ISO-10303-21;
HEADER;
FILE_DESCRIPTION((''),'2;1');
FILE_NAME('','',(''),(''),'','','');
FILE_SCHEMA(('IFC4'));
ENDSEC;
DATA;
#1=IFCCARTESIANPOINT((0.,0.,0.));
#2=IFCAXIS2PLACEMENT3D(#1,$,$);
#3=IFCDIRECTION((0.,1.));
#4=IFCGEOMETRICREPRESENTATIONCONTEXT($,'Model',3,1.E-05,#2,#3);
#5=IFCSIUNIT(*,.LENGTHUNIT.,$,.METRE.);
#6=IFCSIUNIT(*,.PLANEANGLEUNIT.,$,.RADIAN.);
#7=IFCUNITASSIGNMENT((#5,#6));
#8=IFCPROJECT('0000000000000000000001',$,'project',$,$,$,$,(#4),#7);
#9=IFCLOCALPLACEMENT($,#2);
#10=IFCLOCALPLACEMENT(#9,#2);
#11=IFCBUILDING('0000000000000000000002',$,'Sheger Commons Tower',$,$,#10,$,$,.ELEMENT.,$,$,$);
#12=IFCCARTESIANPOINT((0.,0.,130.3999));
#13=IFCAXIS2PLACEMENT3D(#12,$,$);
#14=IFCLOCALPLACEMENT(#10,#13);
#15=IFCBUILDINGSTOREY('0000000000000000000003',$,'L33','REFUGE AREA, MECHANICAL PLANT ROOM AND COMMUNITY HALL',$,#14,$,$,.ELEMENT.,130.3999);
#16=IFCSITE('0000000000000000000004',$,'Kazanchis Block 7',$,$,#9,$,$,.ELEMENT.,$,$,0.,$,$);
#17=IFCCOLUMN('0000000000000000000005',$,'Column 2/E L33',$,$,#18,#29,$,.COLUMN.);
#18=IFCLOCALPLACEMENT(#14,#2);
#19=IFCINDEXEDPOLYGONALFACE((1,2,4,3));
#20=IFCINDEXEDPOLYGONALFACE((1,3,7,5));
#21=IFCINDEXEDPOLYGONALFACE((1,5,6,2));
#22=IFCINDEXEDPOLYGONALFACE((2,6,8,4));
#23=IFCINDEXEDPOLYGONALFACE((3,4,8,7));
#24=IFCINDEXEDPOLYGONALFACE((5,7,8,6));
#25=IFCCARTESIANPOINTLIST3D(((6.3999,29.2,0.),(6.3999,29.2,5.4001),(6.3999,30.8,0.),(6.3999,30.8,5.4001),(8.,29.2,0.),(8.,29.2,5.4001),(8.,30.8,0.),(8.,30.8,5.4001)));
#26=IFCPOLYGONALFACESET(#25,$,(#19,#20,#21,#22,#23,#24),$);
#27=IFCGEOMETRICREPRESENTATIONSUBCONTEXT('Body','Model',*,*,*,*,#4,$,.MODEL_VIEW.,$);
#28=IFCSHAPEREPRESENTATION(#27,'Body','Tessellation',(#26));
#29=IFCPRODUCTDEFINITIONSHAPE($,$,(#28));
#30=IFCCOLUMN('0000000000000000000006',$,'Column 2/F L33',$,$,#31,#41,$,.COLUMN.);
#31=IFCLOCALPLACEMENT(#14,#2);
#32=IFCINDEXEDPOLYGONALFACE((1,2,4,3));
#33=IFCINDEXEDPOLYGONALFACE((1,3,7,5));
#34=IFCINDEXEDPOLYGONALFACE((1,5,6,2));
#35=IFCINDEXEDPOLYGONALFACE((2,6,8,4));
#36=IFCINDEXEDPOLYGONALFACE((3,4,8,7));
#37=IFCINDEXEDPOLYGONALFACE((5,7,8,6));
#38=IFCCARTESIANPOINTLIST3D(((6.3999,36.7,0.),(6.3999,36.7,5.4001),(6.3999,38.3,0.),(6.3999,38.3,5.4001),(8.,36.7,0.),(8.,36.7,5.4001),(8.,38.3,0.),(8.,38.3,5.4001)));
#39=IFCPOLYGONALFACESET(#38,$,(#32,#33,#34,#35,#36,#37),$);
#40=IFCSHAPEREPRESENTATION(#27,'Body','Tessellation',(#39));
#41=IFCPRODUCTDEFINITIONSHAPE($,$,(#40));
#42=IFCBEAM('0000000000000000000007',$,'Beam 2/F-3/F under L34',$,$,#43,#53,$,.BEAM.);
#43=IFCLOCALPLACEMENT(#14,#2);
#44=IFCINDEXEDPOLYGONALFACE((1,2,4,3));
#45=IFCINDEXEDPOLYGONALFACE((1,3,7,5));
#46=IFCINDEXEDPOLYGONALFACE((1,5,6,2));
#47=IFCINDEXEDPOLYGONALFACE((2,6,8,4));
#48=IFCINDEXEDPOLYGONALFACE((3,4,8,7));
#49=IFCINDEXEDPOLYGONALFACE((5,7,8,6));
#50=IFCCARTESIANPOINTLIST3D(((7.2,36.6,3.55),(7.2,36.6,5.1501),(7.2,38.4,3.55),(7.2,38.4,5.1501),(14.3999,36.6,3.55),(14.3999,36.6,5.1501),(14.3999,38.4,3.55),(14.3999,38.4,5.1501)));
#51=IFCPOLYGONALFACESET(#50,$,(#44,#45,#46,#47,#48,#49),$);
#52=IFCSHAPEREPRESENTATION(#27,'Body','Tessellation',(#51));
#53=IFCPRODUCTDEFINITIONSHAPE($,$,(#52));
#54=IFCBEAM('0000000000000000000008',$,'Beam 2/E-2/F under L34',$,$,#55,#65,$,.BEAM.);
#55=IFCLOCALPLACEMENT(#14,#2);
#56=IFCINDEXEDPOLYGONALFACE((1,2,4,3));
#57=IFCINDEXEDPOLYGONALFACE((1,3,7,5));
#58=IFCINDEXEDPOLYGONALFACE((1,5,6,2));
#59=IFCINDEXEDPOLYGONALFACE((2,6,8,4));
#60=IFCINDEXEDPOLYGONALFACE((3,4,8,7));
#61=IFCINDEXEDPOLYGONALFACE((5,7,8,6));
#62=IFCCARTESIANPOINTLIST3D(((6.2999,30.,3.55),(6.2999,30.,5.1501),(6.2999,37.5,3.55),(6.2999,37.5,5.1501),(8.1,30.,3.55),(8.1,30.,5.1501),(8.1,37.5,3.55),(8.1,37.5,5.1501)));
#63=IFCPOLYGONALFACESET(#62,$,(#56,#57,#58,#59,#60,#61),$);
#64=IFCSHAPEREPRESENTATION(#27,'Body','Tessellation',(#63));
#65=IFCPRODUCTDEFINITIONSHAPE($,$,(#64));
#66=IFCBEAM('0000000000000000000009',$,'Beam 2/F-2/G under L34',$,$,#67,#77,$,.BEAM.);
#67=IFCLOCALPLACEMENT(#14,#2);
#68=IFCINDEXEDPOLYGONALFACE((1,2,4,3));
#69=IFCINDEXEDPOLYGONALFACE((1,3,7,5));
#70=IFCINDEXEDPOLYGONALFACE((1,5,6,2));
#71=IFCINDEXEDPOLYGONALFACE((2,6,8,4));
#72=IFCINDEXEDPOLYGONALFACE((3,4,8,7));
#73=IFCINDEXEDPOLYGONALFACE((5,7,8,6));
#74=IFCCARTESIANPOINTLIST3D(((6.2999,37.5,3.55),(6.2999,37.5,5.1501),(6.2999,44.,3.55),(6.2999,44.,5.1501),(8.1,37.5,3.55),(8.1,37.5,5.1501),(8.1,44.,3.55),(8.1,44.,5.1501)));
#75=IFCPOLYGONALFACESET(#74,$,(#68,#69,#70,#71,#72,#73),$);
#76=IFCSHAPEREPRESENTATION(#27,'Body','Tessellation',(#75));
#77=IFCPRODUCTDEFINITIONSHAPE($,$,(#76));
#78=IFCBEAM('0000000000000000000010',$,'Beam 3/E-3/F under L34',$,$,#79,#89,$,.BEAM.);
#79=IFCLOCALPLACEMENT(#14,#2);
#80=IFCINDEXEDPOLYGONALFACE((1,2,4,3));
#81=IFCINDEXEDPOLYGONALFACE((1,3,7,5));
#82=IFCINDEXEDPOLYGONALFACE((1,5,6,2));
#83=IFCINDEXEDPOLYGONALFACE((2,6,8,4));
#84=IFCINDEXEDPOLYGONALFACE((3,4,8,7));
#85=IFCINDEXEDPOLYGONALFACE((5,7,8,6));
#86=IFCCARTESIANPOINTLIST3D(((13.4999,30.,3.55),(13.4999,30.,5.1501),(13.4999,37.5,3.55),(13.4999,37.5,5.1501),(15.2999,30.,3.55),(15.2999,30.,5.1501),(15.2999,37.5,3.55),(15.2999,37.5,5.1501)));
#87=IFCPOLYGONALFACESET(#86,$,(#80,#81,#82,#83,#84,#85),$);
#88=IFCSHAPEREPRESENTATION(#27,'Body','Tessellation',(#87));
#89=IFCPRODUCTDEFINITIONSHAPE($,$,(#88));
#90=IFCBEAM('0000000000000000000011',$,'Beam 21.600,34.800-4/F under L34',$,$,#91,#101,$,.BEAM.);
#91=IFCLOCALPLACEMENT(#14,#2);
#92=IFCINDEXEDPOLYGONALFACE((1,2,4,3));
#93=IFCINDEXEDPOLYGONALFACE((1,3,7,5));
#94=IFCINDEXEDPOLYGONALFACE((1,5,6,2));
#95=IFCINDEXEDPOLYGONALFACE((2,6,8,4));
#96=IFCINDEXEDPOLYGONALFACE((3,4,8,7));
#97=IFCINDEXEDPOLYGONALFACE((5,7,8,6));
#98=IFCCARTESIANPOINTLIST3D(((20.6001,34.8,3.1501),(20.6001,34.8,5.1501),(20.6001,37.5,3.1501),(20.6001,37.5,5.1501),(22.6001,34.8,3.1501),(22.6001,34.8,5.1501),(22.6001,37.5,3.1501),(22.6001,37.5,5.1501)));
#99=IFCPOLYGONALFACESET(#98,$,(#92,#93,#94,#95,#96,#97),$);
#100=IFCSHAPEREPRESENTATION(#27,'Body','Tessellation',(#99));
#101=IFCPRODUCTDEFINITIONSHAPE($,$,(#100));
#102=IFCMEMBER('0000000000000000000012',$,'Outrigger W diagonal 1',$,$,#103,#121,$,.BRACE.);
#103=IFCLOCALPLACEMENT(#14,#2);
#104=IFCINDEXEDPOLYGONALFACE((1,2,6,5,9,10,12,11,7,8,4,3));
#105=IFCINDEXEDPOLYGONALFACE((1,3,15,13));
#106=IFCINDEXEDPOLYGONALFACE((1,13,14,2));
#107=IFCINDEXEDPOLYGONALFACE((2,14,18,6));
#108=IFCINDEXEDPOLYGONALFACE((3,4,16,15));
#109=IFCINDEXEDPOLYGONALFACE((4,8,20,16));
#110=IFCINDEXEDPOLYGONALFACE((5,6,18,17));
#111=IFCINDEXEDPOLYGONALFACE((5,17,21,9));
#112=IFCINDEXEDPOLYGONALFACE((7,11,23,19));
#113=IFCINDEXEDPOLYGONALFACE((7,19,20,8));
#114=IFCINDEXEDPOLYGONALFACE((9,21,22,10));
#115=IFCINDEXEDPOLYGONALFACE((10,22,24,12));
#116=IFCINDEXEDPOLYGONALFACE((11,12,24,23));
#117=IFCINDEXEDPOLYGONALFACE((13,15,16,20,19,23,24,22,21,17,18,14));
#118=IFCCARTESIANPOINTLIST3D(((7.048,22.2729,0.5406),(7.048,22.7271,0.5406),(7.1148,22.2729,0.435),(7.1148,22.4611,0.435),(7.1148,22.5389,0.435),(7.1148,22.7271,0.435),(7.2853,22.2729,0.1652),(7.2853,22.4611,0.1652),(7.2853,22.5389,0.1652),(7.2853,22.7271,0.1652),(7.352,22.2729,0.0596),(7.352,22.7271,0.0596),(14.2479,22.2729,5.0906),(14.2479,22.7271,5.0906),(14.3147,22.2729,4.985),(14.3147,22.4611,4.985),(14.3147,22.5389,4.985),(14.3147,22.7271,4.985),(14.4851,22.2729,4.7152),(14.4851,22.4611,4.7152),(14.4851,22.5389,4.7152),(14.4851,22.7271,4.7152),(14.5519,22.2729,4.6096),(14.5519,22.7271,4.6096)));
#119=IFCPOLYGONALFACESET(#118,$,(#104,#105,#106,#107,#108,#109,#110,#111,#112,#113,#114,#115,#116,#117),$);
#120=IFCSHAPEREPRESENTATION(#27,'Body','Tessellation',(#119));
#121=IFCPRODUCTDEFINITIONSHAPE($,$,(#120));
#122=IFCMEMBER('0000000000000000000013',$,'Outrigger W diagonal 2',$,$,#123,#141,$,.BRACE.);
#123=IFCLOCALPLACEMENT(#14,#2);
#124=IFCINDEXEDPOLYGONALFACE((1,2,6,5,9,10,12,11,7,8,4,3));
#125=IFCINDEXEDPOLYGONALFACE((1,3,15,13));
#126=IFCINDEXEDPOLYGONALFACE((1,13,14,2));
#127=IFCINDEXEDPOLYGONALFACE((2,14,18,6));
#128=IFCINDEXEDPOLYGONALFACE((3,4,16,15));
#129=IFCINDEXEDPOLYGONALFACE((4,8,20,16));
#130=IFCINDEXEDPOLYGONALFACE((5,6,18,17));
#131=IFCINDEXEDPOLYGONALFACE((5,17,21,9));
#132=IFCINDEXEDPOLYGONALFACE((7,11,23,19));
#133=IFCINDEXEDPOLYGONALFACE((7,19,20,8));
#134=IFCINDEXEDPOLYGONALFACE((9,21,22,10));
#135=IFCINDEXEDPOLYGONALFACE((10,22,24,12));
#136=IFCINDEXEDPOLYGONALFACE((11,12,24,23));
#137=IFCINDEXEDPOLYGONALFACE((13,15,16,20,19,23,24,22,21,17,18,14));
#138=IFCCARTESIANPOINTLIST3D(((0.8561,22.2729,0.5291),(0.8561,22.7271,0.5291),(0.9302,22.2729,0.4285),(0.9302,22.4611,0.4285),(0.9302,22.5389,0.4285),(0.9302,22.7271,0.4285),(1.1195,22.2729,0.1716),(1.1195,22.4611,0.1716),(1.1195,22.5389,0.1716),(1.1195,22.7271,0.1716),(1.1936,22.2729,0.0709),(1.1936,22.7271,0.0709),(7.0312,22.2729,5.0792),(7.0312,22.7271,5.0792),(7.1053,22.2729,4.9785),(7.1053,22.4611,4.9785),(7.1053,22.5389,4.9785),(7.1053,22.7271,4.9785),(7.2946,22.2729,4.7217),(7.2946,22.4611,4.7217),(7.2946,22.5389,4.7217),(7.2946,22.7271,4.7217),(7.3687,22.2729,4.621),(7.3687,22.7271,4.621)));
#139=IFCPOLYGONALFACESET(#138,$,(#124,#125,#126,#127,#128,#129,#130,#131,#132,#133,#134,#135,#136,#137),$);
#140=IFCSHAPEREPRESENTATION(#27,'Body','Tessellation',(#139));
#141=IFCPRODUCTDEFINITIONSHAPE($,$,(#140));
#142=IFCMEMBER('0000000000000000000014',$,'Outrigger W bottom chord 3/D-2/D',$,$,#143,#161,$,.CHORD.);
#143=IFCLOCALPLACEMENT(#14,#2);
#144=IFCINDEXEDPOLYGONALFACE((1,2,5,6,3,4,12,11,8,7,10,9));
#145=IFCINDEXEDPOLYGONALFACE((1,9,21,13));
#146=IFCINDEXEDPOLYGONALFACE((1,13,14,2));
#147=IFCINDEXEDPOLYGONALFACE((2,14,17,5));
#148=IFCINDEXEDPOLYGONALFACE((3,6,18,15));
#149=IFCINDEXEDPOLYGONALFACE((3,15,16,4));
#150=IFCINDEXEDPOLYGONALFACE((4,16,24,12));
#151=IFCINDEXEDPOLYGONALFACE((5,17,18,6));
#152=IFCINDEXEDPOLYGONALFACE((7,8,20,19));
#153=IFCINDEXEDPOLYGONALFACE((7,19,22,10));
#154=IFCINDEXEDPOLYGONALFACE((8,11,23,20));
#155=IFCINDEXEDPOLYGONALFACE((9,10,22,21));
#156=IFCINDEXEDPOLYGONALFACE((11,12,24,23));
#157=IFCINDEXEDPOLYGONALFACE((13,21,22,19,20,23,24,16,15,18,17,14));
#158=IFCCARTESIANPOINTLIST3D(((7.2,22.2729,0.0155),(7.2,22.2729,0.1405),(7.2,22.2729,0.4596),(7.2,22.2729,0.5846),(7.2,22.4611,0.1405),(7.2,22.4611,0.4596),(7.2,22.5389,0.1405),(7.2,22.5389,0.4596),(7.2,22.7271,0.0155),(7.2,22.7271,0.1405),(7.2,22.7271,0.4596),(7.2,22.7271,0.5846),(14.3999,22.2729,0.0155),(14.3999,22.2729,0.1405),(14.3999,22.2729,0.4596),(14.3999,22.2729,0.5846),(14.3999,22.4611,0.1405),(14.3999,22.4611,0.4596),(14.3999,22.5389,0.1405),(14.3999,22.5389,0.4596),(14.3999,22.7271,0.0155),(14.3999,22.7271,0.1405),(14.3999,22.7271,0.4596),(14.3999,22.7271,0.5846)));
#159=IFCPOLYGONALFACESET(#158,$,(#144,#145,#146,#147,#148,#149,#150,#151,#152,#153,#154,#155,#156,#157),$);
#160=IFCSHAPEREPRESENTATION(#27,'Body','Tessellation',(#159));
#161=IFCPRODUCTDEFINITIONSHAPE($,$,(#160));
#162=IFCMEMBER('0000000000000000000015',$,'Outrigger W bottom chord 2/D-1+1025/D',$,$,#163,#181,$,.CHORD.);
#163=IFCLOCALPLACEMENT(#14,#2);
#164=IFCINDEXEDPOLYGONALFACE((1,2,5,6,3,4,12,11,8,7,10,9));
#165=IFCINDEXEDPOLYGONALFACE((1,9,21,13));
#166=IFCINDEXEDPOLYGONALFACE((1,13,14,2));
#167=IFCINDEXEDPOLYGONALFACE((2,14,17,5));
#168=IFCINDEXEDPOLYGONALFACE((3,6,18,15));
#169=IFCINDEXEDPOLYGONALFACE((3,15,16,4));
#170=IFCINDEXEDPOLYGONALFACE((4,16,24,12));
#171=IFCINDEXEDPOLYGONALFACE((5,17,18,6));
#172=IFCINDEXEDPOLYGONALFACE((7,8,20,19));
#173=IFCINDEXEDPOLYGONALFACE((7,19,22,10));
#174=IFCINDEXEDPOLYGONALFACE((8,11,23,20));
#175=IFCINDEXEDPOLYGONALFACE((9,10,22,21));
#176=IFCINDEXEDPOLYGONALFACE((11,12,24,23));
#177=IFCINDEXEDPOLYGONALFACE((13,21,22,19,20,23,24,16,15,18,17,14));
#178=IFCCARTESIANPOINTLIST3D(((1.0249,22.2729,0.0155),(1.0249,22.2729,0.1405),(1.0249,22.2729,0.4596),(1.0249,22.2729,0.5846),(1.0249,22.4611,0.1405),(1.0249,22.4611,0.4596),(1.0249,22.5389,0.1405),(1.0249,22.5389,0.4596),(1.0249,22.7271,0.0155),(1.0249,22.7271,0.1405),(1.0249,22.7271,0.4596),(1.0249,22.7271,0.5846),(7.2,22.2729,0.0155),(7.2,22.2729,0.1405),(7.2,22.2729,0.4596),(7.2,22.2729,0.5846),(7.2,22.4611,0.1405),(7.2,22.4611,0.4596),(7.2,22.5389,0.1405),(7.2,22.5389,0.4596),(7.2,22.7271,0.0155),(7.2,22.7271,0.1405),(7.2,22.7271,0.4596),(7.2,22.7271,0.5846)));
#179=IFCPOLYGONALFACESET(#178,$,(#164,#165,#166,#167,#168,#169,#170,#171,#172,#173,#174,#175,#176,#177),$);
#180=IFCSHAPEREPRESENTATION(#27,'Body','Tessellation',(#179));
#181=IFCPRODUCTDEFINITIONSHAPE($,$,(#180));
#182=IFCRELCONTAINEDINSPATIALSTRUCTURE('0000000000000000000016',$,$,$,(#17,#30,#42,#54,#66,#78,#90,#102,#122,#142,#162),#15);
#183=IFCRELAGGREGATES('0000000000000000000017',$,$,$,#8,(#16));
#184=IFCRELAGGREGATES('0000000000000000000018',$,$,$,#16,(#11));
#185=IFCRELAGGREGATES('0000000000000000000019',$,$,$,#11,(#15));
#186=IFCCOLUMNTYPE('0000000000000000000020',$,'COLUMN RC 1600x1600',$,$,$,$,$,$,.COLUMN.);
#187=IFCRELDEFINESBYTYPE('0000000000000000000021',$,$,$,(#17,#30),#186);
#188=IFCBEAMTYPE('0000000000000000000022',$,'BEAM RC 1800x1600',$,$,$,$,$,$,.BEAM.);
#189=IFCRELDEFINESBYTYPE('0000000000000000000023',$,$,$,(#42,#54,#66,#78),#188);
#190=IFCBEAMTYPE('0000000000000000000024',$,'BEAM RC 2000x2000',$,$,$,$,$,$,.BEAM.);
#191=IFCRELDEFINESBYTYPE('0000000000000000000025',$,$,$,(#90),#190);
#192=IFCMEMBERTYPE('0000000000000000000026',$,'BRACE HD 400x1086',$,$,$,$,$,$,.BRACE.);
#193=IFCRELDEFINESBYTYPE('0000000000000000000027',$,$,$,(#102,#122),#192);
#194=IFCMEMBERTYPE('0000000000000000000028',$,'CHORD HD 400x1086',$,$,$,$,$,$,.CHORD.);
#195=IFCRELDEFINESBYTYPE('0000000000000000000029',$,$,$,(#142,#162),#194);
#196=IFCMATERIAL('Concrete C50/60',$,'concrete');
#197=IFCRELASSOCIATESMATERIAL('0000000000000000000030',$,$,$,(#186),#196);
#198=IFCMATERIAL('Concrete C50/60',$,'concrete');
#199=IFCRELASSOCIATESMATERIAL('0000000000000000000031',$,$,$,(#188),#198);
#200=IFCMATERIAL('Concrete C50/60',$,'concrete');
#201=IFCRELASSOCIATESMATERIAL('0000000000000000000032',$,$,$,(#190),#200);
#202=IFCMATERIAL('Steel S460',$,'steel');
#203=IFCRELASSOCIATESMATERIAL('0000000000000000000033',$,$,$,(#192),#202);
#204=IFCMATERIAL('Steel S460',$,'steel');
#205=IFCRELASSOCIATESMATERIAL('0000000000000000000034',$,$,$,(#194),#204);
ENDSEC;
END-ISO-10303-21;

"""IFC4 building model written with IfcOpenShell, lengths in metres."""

from ifc_helpers import new_model, si_unit, direction, frame, origin, origin_2d, place, context, subcontext, project, spatial, rectangle, i_section, extrude, material, material_profile, profile_set, type_object, element, save


model = new_model("IFC4")

# Units and contexts
model_context = context("Model", 3, precision=1e-05, world=origin(), true_north=direction((0.0, 1.0)))
body_context = subcontext(model_context, "Body", "Model", "MODEL_VIEW")
ifc_project = project(units=[si_unit("LENGTHUNIT", "METRE"), si_unit("PLANEANGLEUNIT", "RADIAN")], contexts=[model_context])

# Site, building, storey
site_placement = place(None, origin())
site = spatial("IfcSite", under=ifc_project, at=site_placement, Name="Kazanchis Block 7", CompositionType="ELEMENT", RefElevation=0.0)
building_placement = place(site_placement, origin())
building = spatial("IfcBuilding", under=site, at=building_placement, Name="Sheger Commons Tower", CompositionType="ELEMENT")
storey_placement = place(building_placement, frame((0.0, 0.0, 130.3999)))
storey = spatial("IfcBuildingStorey", under=building, at=storey_placement, Name="L33", Description="REFUGE AREA, MECHANICAL PLANT ROOM AND COMMUNITY HALL", CompositionType="ELEMENT", Elevation=130.3999)

# Columns
ifc_material_1 = material(Name="Concrete C50/60", Category="concrete")
ifc_material_profile_1 = material_profile(ifc_material_1, rectangle(XDim=1.6001, YDim=1.6001, at=origin_2d()), Name="RC 1600x1600")
ifc_profile_set_1 = profile_set([ifc_material_profile_1], Name="Concrete C50/60")
column_type = type_object("IfcColumnType", Name="COLUMN RC 1600x1600", PredefinedType="COLUMN", material=ifc_profile_set_1)
for number, where, z_axis, x_axis, name in (
    (1, (7.2, 30.0, 0.0), (0.0, 0.0, 1.0), (1.0, 0.0, 0.0), "Column 2/E L33"),
    (2, (7.2, 37.5, 0.0), (0.0, 0.0, 1.0), (1.0, 0.0, 0.0), "Column 2/F L33"),
):
    element("IfcColumn", number, at=place(storey_placement, frame(where, z_axis=z_axis, x_axis=x_axis)), inside=storey, type_object=column_type, Name=name, PredefinedType="COLUMN", context=body_context, shape_type="SweptSolid", body=[
        extrude(rectangle(XDim=1.6001, YDim=1.6001, at=origin_2d()), origin(), (0.0, 0.0, 1.0), 5.4001),
    ])

# Beams
ifc_material_2 = material(Name="Concrete C50/60", Category="concrete")
ifc_material_profile_2 = material_profile(ifc_material_2, rectangle(XDim=1.8, YDim=1.6001, at=origin_2d()), Name="RC 1800x1600")
ifc_profile_set_2 = profile_set([ifc_material_profile_2], Name="Concrete C50/60")
beam_type_1 = type_object("IfcBeamType", Name="BEAM RC 1800x1600", PredefinedType="BEAM", material=ifc_profile_set_2)
beam_1_placement = place(storey_placement, frame((7.2, 37.5, 4.3501), z_axis=(1.0, 0.0, 0.0), x_axis=(0.0, 1.0, 0.0)))
element("IfcBeam", 3, at=beam_1_placement, inside=storey, type_object=beam_type_1, Name="Beam 2/F-3/F under L34", PredefinedType="BEAM", context=body_context, shape_type="SweptSolid", body=[
    extrude(rectangle(XDim=1.8, YDim=1.6001, at=origin_2d()), origin(), (0.0, 0.0, 1.0), 7.2),
])
beam_2_placement = place(storey_placement, frame((7.2, 30.0, 4.3501), z_axis=(0.0, 1.0, 0.0), x_axis=(-1.0, 0.0, 0.0)))
element("IfcBeam", 4, at=beam_2_placement, inside=storey, type_object=beam_type_1, Name="Beam 2/E-2/F under L34", PredefinedType="BEAM", context=body_context, shape_type="SweptSolid", body=[
    extrude(rectangle(XDim=1.8, YDim=1.6001, at=origin_2d()), origin(), (0.0, 0.0, 1.0), 7.5),
])
beam_3_placement = place(storey_placement, frame((7.2, 37.5, 4.3501), z_axis=(0.0, 1.0, 0.0), x_axis=(-1.0, 0.0, 0.0)))
element("IfcBeam", 5, at=beam_3_placement, inside=storey, type_object=beam_type_1, Name="Beam 2/F-2/G under L34", PredefinedType="BEAM", context=body_context, shape_type="SweptSolid", body=[
    extrude(rectangle(XDim=1.8, YDim=1.6001, at=origin_2d()), origin(), (0.0, 0.0, 1.0), 6.5),
])
beam_4_placement = place(storey_placement, frame((14.3999, 30.0, 4.3501), z_axis=(0.0, 1.0, 0.0), x_axis=(-1.0, 0.0, 0.0)))
element("IfcBeam", 6, at=beam_4_placement, inside=storey, type_object=beam_type_1, Name="Beam 3/E-3/F under L34", PredefinedType="BEAM", context=body_context, shape_type="SweptSolid", body=[
    extrude(rectangle(XDim=1.8, YDim=1.6001, at=origin_2d()), origin(), (0.0, 0.0, 1.0), 7.5),
])
ifc_material_3 = material(Name="Concrete C50/60", Category="concrete")
ifc_material_profile_3 = material_profile(ifc_material_3, rectangle(XDim=2.0, YDim=2.0, at=origin_2d()), Name="RC 2000x2000")
ifc_profile_set_3 = profile_set([ifc_material_profile_3], Name="Concrete C50/60")
beam_type_2 = type_object("IfcBeamType", Name="BEAM RC 2000x2000", PredefinedType="BEAM", material=ifc_profile_set_3)
beam_5_placement = place(storey_placement, frame((21.6001, 34.8, 4.1501), z_axis=(0.0, 1.0, 0.0), x_axis=(-1.0, 0.0, 0.0)))
element("IfcBeam", 7, at=beam_5_placement, inside=storey, type_object=beam_type_2, Name="Beam 21.600,34.800-4/F under L34", PredefinedType="BEAM", context=body_context, shape_type="SweptSolid", body=[
    extrude(rectangle(XDim=2.0, YDim=2.0, at=origin_2d()), origin(), (0.0, 0.0, 1.0), 2.7),
])

# Members
ifc_material_4 = material(Name="Steel S460", Category="steel")
ifc_material_profile_4 = material_profile(ifc_material_4, i_section(OverallWidth=0.4541, OverallDepth=0.5691, WebThickness=0.0779, FlangeThickness=0.125, at=origin_2d()), Name="HD 400x1086")
ifc_profile_set_4 = profile_set([ifc_material_profile_4], Name="Steel S460")
member_type_1 = type_object("IfcMemberType", Name="BRACE HD 400x1086", PredefinedType="BRACE", material=ifc_profile_set_4)
member_1_placement = place(storey_placement, frame((14.3999, 22.5, 4.8501), z_axis=(-0.845345, 0.0, -0.534221), x_axis=(0.0, -1.0, 0.0)))
element("IfcMember", 8, at=member_1_placement, inside=storey, type_object=member_type_1, Name="Outrigger W diagonal 1", PredefinedType="BRACE", context=body_context, shape_type="SweptSolid", body=[
    extrude(i_section(OverallWidth=0.4541, OverallDepth=0.5691, WebThickness=0.0779, FlangeThickness=0.125, at=origin_2d()), origin(), (0.0, 0.0, 1.0), 8.5171),
])
member_2_placement = place(storey_placement, frame((7.2, 22.5, 4.8501), z_axis=(-0.805055, 0.0, -0.5932), x_axis=(0.0, -1.0, 0.0)))
element("IfcMember", 9, at=member_2_placement, inside=storey, type_object=member_type_1, Name="Outrigger W diagonal 2", PredefinedType="BRACE", context=body_context, shape_type="SweptSolid", body=[
    extrude(i_section(OverallWidth=0.4541, OverallDepth=0.5691, WebThickness=0.0779, FlangeThickness=0.125, at=origin_2d()), origin(), (0.0, 0.0, 1.0), 7.6704),
])
ifc_material_5 = material(Name="Steel S460", Category="steel")
ifc_material_profile_5 = material_profile(ifc_material_5, i_section(OverallWidth=0.4541, OverallDepth=0.5691, WebThickness=0.0779, FlangeThickness=0.125, at=origin_2d()), Name="HD 400x1086")
ifc_profile_set_5 = profile_set([ifc_material_profile_5], Name="Steel S460")
member_type_2 = type_object("IfcMemberType", Name="CHORD HD 400x1086", PredefinedType="CHORD", material=ifc_profile_set_5)
member_3_placement = place(storey_placement, frame((14.3999, 22.5, 0.3), z_axis=(-1.0, 0.0, 0.0), x_axis=(0.0, -1.0, 0.0)))
element("IfcMember", 10, at=member_3_placement, inside=storey, type_object=member_type_2, Name="Outrigger W bottom chord 3/D-2/D", PredefinedType="CHORD", context=body_context, shape_type="SweptSolid", body=[
    extrude(i_section(OverallWidth=0.4541, OverallDepth=0.5691, WebThickness=0.0779, FlangeThickness=0.125, at=origin_2d()), origin(), (0.0, 0.0, 1.0), 7.2),
])
member_4_placement = place(storey_placement, frame((7.2, 22.5, 0.3), z_axis=(-1.0, 0.0, 0.0), x_axis=(0.0, -1.0, 0.0)))
element("IfcMember", 11, at=member_4_placement, inside=storey, type_object=member_type_2, Name="Outrigger W bottom chord 2/D-1+1025/D", PredefinedType="CHORD", context=body_context, shape_type="SweptSolid", body=[
    extrude(i_section(OverallWidth=0.4541, OverallDepth=0.5691, WebThickness=0.0779, FlangeThickness=0.125, at=origin_2d()), origin(), (0.0, 0.0, 1.0), 6.175),
])

save(model, "model.ifc")
